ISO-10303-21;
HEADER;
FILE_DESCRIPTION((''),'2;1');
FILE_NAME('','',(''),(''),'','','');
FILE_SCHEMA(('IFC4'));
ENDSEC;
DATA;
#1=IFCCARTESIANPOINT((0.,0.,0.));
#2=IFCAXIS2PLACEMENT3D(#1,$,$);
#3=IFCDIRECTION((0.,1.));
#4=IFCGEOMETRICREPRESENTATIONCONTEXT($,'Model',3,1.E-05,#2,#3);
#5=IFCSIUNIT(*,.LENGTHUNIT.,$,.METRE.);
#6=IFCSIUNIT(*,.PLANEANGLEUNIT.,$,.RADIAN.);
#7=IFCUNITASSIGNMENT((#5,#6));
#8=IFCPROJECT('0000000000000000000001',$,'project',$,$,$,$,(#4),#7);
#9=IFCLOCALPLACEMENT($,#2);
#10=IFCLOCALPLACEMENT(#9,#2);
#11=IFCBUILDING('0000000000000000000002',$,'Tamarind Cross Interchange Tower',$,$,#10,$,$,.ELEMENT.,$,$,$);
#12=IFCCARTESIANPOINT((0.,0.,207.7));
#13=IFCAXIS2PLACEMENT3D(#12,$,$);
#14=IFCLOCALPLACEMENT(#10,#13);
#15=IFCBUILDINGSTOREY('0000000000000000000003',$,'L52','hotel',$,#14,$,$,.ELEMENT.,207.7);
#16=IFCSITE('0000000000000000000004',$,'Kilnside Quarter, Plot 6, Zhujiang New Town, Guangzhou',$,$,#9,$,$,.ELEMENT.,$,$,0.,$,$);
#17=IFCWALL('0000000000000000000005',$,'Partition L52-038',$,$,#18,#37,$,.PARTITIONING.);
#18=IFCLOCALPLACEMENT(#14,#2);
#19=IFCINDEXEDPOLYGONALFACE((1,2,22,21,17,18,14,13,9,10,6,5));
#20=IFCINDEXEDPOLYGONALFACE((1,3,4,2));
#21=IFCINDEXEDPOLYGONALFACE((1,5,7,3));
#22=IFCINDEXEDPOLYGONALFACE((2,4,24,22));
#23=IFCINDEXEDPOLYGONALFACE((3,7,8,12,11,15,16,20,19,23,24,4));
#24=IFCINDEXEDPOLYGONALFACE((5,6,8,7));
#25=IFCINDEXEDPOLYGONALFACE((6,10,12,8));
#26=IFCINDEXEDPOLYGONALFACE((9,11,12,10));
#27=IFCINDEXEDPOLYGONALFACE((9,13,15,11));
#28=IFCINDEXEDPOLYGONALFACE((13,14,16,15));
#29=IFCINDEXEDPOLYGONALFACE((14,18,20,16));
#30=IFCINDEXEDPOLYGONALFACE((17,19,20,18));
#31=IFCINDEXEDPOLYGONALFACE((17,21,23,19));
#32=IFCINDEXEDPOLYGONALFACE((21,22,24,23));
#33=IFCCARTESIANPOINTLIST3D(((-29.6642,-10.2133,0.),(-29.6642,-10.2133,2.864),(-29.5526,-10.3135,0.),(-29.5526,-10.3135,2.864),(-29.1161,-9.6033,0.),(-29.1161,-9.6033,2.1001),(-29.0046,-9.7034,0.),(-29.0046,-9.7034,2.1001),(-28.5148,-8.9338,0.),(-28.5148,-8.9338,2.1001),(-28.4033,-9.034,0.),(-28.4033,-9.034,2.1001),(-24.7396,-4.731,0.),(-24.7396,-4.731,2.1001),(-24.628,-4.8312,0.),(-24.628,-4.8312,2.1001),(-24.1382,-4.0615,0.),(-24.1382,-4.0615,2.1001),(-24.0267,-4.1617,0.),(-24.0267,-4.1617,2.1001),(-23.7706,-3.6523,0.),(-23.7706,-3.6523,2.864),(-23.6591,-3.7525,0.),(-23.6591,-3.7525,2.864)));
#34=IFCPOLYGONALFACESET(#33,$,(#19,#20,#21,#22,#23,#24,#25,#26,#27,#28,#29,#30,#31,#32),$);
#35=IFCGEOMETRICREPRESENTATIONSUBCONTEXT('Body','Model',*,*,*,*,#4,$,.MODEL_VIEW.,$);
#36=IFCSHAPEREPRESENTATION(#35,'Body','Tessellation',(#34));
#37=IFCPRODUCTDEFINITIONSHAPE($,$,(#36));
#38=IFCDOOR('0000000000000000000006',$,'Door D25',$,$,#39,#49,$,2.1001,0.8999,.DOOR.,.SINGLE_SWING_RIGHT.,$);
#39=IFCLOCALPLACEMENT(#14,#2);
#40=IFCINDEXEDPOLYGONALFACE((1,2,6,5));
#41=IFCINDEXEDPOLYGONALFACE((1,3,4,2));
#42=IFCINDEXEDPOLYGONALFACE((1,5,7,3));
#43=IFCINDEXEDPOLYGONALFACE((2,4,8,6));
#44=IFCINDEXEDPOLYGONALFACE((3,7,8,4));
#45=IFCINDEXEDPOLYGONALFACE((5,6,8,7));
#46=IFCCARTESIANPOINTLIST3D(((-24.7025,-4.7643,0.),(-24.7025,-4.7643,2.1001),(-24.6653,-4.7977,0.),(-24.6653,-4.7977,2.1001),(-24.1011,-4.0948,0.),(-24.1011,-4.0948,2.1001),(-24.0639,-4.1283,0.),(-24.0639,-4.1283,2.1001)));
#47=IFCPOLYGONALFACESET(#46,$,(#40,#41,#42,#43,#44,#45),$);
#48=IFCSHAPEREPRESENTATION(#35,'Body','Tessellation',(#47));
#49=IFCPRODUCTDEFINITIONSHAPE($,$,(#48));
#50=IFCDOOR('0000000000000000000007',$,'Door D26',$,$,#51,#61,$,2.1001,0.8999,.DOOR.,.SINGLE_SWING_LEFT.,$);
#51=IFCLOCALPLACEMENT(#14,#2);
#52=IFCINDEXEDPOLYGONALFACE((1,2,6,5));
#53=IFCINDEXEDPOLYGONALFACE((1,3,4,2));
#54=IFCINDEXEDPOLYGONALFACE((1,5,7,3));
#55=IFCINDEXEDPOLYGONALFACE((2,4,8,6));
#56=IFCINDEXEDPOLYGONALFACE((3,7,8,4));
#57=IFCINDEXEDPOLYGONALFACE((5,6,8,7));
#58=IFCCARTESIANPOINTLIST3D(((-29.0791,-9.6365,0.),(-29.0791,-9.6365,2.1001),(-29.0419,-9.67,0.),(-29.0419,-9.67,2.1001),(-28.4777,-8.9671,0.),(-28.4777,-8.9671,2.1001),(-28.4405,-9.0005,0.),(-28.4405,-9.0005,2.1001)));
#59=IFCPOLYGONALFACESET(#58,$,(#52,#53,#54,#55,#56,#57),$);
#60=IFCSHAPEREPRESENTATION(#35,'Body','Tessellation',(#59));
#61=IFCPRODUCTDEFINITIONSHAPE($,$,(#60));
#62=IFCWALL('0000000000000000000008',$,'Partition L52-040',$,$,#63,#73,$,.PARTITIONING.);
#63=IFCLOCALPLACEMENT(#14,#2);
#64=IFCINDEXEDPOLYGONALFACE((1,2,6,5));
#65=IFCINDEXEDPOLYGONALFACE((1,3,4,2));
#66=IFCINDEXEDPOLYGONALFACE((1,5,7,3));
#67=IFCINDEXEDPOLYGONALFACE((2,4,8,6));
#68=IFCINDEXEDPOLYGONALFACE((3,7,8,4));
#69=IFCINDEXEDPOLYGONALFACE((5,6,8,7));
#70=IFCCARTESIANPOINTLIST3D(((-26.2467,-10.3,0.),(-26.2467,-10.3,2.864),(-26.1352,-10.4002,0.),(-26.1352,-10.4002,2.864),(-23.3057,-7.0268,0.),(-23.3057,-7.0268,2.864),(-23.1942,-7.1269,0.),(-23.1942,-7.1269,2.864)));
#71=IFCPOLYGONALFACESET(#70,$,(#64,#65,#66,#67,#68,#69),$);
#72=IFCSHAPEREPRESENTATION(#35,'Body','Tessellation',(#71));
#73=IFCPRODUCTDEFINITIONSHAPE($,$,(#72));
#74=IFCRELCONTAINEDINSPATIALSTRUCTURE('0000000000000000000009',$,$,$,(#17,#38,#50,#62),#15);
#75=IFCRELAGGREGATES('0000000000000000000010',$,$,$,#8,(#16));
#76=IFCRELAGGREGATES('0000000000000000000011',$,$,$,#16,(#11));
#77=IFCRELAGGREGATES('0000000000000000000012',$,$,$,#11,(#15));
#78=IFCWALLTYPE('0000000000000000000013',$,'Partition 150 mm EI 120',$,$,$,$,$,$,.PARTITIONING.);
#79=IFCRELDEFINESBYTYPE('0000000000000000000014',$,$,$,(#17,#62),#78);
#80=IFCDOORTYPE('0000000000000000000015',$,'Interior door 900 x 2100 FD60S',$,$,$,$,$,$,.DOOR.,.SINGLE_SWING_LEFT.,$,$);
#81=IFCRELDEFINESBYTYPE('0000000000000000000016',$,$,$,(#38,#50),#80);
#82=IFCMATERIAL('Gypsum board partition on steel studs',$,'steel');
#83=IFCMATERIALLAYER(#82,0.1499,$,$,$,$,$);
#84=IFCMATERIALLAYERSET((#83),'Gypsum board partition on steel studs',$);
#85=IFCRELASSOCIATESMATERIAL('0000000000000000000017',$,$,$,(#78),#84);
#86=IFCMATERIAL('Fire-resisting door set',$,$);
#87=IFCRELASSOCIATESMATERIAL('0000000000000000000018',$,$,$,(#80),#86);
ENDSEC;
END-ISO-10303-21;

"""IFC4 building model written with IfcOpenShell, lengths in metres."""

from ifc_helpers import new_model, si_unit, direction, frame, frame_2d, origin, place, context, subcontext, project, spatial, rectangle, extrude, material, layer, layer_set, type_object, element, fill, save


model = new_model("IFC4")

# Units and contexts
model_context = context("Model", 3, precision=1e-05, world=origin(), true_north=direction((0.0, 1.0)))
body_context = subcontext(model_context, "Body", "Model", "MODEL_VIEW")
ifc_project = project(units=[si_unit("LENGTHUNIT", "METRE"), si_unit("PLANEANGLEUNIT", "RADIAN")], contexts=[model_context])

# Site, building, storey
site_placement = place(None, origin())
site = spatial("IfcSite", under=ifc_project, at=site_placement, Name="Kilnside Quarter, Plot 6, Zhujiang New Town, Guangzhou", CompositionType="ELEMENT", RefElevation=0.0)
building_placement = place(site_placement, origin())
building = spatial("IfcBuilding", under=site, at=building_placement, Name="Tamarind Cross Interchange Tower", CompositionType="ELEMENT")
storey_placement = place(building_placement, frame((0.0, 0.0, 207.7)))
storey = spatial("IfcBuildingStorey", under=building, at=storey_placement, Name="L52", Description="hotel", CompositionType="ELEMENT", Elevation=207.7)

# Shared definitions
ifc_material_1 = material(Name="Gypsum board partition on steel studs", Category="steel")
ifc_layer_1 = layer(ifc_material_1, 0.1499)
ifc_layer_set_1 = layer_set([ifc_layer_1], Name="Gypsum board partition on steel studs")
wall_type = type_object("IfcWallType", Name="Partition 150 mm EI 120", PredefinedType="PARTITIONING", material=ifc_layer_set_1)
ifc_material_2 = material(Name="Fire-resisting door set")
door_type_1 = type_object("IfcDoorType", Name="Interior door 900 x 2100 FD60S", OperationType="SINGLE_SWING_LEFT", PredefinedType="DOOR", material=ifc_material_2)

# Wall, openings, doors
wall_1_placement = place(storey_placement, frame((-29.6084, -10.2634, 0.0), z_axis=(0.0, 0.0, 1.0), x_axis=(0.668252, 0.743935, 0.0)))
wall_1 = element("IfcWall", 1, at=wall_1_placement, inside=storey, type_object=wall_type, Name="Partition L52-038", PredefinedType="PARTITIONING", context=body_context, shape_type="SweptSolid", body=[
    extrude(rectangle(XDim=8.8193, YDim=0.1499, at=frame_2d((4.4097, 0.0))), origin(), (0.0, 0.0, 1.0), 2.864),
])
opening_1_placement = place(wall_1_placement, frame((7.3694, 0.0, 0.0)))
opening_1 = element("IfcOpeningElement", 2, at=opening_1_placement, cuts=wall_1, PredefinedType="OPENING", context=body_context, shape_type="SweptSolid", body=[
    extrude(rectangle(XDim=0.8999, YDim=2.1001, at=frame_2d((0.45, 1.05))), frame((0.0, 0.085, 0.0), z_axis=(0.0, -1.0, 0.0), x_axis=(1.0, 0.0, 0.0)), (0.0, 0.0, 1.0), 0.1699),
])
opening_2_placement = place(wall_1_placement, frame((0.8201, 0.0, 0.0)))
opening_2 = element("IfcOpeningElement", 3, at=opening_2_placement, cuts=wall_1, PredefinedType="OPENING", context=body_context, shape_type="SweptSolid", body=[
    extrude(rectangle(XDim=0.8999, YDim=2.1001, at=frame_2d((0.45, 1.05))), frame((0.0, 0.085, 0.0), z_axis=(0.0, -1.0, 0.0), x_axis=(1.0, 0.0, 0.0)), (0.0, 0.0, 1.0), 0.1699),
])
door_1_placement = place(opening_1_placement, frame((0.8999, 0.0, 0.0), z_axis=(0.0, 0.0, 1.0), x_axis=(-1.0, 0.0, 0.0)))
door_1 = element("IfcDoor", 4, at=door_1_placement, inside=storey, type_object=door_type_1, Name="Door D25", OperationType="SINGLE_SWING_RIGHT", OverallHeight=2.1001, OverallWidth=0.8999, PredefinedType="DOOR", context=body_context, shape_type="SweptSolid", body=[
    extrude(rectangle(XDim=0.8999, YDim=2.1001, at=frame_2d((0.45, 1.05))), frame((0.0, 0.0249, 0.0), z_axis=(0.0, -1.0, 0.0), x_axis=(1.0, 0.0, 0.0)), (0.0, 0.0, 1.0), 0.05),
])
fill(opening_1, door_1)
door_2_placement = place(opening_2_placement, frame((0.8999, 0.0, 0.0), z_axis=(0.0, 0.0, 1.0), x_axis=(-1.0, 0.0, 0.0)))
door_2 = element("IfcDoor", 5, at=door_2_placement, inside=storey, type_object=door_type_1, Name="Door D26", OperationType="SINGLE_SWING_LEFT", OverallHeight=2.1001, OverallWidth=0.8999, PredefinedType="DOOR", context=body_context, shape_type="SweptSolid", body=[
    extrude(rectangle(XDim=0.8999, YDim=2.1001, at=frame_2d((0.45, 1.05))), frame((0.0, 0.0249, 0.0), z_axis=(0.0, -1.0, 0.0), x_axis=(1.0, 0.0, 0.0)), (0.0, 0.0, 1.0), 0.05),
])
fill(opening_2, door_2)

# Wall
wall_2_placement = place(storey_placement, frame((-26.1909, -10.3501, 0.0), z_axis=(0.0, 0.0, 1.0), x_axis=(0.668342, 0.743854, 0.0)))
element("IfcWall", 6, at=wall_2_placement, inside=storey, type_object=wall_type, Name="Partition L52-040", PredefinedType="PARTITIONING", context=body_context, shape_type="SweptSolid", body=[
    extrude(rectangle(XDim=4.4004, YDim=0.1499, at=frame_2d((2.2002, 0.0))), origin(), (0.0, 0.0, 1.0), 2.864),
])

save(model, "model.ifc")
